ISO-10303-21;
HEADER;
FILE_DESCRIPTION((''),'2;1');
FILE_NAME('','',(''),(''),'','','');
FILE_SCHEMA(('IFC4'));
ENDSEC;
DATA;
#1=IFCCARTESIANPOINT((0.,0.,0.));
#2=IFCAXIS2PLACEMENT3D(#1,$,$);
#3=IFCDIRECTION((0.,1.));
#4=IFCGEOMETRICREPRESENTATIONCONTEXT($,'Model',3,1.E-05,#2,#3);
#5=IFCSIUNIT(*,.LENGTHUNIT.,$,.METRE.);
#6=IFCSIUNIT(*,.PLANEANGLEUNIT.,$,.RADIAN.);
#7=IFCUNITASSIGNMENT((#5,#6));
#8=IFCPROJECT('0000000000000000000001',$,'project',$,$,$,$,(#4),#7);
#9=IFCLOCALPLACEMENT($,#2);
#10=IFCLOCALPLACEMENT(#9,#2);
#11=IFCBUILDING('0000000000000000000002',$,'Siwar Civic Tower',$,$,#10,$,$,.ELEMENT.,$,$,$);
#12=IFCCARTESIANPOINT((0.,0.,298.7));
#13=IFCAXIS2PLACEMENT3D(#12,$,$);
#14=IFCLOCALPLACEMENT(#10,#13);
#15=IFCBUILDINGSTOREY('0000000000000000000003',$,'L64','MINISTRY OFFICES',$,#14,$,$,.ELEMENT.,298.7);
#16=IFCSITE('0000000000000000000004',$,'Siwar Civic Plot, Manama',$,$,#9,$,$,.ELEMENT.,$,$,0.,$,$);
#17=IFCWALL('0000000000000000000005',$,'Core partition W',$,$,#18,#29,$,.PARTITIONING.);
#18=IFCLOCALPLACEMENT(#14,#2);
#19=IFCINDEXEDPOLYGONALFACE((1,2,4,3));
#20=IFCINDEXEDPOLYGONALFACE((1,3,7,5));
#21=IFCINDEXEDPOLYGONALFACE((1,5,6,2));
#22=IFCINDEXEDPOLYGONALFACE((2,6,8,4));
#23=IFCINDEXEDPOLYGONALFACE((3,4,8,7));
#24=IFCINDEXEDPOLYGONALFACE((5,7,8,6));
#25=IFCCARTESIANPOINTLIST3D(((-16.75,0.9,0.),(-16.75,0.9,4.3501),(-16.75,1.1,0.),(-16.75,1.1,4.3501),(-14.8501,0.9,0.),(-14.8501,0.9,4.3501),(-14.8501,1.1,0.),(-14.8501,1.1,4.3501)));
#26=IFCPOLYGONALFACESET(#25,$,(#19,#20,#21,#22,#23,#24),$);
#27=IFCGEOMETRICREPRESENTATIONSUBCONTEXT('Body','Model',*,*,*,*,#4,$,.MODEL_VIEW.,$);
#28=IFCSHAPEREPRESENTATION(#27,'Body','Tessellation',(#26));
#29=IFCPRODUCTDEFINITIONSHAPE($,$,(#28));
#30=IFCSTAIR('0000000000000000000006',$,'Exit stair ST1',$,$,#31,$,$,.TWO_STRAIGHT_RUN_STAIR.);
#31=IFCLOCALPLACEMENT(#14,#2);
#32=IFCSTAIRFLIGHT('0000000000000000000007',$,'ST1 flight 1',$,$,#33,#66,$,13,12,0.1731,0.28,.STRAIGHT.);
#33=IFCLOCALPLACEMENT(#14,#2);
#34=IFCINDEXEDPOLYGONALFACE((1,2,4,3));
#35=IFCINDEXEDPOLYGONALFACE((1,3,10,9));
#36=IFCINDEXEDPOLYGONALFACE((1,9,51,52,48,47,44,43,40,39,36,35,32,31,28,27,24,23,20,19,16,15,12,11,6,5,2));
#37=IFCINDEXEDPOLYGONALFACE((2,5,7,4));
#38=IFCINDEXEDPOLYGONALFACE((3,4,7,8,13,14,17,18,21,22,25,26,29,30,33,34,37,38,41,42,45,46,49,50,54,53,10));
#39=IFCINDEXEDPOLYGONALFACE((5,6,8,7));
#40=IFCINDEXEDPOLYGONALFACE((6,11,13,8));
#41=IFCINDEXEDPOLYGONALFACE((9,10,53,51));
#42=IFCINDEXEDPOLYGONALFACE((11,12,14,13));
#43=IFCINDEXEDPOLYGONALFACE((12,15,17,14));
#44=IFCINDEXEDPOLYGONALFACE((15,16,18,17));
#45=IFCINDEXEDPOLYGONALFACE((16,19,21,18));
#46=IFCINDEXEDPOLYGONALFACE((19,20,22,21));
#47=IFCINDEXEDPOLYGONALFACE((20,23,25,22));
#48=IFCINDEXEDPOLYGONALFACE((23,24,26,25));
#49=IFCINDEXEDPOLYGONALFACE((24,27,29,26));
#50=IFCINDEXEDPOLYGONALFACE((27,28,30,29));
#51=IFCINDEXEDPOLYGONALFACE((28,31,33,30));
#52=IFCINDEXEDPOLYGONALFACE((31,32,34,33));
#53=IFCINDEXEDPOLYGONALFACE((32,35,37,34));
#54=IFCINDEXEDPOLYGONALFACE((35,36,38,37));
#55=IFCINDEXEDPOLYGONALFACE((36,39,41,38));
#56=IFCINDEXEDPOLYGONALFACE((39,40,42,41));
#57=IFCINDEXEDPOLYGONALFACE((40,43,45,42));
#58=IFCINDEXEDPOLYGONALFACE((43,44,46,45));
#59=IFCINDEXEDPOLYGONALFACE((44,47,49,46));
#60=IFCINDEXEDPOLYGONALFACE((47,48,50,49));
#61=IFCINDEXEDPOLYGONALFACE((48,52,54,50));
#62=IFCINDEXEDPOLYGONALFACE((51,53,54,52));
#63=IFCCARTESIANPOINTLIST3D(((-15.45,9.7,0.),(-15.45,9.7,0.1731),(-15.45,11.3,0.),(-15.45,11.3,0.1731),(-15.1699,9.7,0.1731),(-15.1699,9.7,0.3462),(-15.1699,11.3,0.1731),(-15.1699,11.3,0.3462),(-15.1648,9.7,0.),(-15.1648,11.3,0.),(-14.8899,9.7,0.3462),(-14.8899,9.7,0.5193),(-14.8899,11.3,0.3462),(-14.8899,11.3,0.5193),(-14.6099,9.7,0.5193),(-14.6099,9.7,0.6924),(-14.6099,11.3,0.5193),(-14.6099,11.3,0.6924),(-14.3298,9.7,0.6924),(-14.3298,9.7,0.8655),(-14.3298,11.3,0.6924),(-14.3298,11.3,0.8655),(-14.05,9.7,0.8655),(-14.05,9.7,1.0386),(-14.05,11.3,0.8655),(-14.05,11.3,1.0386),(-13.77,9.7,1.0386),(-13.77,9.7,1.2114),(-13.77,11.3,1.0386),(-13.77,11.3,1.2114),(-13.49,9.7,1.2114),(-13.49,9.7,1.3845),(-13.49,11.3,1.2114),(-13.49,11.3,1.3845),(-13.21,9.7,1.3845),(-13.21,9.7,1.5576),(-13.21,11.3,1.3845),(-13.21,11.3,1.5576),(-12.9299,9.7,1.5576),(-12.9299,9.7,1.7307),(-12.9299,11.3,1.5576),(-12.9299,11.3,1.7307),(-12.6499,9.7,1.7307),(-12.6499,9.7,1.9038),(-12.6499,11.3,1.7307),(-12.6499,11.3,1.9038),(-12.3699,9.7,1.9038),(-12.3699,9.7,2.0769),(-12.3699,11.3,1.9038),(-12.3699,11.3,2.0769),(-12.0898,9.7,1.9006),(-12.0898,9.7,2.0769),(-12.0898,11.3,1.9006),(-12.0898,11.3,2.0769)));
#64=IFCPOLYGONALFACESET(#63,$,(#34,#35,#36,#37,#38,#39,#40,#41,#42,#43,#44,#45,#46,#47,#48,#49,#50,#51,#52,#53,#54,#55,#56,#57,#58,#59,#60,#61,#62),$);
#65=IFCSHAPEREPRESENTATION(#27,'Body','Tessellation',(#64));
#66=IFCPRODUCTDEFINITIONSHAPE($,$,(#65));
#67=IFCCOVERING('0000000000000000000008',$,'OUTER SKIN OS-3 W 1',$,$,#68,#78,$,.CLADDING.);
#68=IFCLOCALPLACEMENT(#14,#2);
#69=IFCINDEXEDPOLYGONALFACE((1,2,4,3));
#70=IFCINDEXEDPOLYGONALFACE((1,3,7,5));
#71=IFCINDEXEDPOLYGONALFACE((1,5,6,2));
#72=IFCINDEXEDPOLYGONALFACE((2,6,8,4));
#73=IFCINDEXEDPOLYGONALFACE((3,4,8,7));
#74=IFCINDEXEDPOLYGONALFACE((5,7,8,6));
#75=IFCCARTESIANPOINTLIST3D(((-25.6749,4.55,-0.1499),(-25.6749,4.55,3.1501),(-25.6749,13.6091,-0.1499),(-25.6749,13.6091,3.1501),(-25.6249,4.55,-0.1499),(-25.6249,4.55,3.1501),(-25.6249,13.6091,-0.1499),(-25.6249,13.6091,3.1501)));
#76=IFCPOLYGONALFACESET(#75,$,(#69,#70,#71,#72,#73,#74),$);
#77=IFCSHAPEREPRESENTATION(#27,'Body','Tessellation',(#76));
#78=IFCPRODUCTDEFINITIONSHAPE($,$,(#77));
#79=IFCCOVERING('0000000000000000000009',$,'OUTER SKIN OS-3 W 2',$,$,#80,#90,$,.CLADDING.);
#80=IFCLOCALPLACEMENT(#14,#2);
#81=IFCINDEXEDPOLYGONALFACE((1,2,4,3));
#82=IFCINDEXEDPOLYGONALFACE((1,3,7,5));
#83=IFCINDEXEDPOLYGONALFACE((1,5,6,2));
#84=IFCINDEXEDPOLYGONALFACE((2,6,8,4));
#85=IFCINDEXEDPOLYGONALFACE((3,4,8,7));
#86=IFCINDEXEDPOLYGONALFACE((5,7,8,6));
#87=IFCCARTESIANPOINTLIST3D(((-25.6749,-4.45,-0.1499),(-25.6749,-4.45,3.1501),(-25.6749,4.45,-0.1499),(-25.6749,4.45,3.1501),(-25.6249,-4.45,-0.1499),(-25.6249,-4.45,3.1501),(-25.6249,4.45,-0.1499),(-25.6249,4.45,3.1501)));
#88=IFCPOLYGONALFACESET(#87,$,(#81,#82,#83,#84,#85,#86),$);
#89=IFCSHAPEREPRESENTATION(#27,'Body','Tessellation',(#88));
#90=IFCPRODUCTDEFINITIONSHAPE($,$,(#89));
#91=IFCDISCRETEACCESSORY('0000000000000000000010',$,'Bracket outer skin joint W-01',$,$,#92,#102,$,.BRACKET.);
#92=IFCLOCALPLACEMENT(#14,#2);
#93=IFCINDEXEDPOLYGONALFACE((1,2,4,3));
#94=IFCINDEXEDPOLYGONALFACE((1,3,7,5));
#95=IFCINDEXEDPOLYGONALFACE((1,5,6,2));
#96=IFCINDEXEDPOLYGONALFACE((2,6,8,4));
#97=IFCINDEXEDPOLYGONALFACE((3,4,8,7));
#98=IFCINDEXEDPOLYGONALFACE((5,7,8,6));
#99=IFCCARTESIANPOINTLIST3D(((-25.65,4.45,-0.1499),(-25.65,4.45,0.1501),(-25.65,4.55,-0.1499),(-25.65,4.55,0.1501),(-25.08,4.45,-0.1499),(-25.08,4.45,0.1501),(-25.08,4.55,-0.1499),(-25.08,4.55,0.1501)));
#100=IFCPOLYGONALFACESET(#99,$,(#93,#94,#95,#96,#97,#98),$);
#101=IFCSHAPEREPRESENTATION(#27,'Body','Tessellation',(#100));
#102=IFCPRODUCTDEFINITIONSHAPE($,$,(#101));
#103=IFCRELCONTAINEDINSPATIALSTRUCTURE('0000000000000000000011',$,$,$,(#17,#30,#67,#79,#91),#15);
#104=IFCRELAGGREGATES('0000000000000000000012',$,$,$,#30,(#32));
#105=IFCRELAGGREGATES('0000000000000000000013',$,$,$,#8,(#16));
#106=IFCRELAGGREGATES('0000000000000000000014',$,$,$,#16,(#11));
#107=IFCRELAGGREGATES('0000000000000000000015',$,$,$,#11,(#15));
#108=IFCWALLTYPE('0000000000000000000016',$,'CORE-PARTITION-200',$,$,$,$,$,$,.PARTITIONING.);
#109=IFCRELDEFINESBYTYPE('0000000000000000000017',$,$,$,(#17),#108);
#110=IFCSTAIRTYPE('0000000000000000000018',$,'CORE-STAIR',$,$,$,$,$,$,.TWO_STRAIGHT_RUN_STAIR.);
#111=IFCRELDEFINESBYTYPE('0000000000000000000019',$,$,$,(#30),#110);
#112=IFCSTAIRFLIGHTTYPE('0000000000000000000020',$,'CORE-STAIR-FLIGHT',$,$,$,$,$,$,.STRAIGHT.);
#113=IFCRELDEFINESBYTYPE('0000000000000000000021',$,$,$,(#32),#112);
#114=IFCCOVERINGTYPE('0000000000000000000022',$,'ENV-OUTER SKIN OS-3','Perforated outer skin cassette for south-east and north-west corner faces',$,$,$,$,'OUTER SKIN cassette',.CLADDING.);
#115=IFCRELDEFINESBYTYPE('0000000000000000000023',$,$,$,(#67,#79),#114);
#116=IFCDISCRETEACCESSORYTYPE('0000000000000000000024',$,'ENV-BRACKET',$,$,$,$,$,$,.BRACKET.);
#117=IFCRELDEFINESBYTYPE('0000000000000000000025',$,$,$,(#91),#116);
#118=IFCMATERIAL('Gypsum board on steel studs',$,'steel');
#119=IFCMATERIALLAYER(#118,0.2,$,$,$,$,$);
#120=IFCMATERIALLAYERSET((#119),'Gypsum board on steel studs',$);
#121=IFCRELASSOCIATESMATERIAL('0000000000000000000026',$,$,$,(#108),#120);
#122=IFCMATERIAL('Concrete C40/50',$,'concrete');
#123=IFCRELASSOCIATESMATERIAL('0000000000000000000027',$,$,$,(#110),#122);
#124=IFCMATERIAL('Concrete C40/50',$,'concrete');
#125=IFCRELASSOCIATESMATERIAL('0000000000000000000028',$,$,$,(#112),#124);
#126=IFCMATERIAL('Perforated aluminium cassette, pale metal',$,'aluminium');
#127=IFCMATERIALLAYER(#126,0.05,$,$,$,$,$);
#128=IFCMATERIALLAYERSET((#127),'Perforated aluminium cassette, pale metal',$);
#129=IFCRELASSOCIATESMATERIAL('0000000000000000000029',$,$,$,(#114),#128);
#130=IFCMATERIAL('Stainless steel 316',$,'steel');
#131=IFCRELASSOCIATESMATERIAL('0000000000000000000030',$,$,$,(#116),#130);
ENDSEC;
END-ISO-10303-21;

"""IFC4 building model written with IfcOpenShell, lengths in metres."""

from ifc_helpers import new_model, si_unit, direction, frame, frame_2d, origin, origin_2d, place, context, subcontext, project, spatial, polyline, rectangle, outline, extrude, material, layer, layer_set, type_object, element, aggregate, save


model = new_model("IFC4")

# Units and contexts
model_context = context("Model", 3, precision=1e-05, world=origin(), true_north=direction((0.0, 1.0)))
body_context = subcontext(model_context, "Body", "Model", "MODEL_VIEW")
ifc_project = project(units=[si_unit("LENGTHUNIT", "METRE"), si_unit("PLANEANGLEUNIT", "RADIAN")], contexts=[model_context])

# Site, building, storey
site_placement = place(None, origin())
site = spatial("IfcSite", under=ifc_project, at=site_placement, Name="Siwar Civic Plot, Manama", CompositionType="ELEMENT", RefElevation=0.0)
building_placement = place(site_placement, origin())
building = spatial("IfcBuilding", under=site, at=building_placement, Name="Siwar Civic Tower", CompositionType="ELEMENT")
storey_placement = place(building_placement, frame((0.0, 0.0, 298.7)))
storey = spatial("IfcBuildingStorey", under=building, at=storey_placement, Name="L64", Description="MINISTRY OFFICES", CompositionType="ELEMENT", Elevation=298.7)

# Wall
ifc_material_1 = material(Name="Gypsum board on steel studs", Category="steel")
ifc_layer_1 = layer(ifc_material_1, 0.2)
ifc_layer_set_1 = layer_set([ifc_layer_1], Name="Gypsum board on steel studs")
wall_type = type_object("IfcWallType", Name="CORE-PARTITION-200", PredefinedType="PARTITIONING", material=ifc_layer_set_1)
for number, where, z_axis, x_axis, name in (
    (1, (-14.8501, 1.0, 0.0), (0.0, 0.0, 1.0), (-1.0, 0.0, 0.0), "Core partition W"),
):
    element("IfcWall", number, at=place(storey_placement, frame(where, z_axis=z_axis, x_axis=x_axis)), inside=storey, type_object=wall_type, Name=name, PredefinedType="PARTITIONING", context=body_context, shape_type="SweptSolid", body=[
        extrude(rectangle(XDim=1.8999, YDim=0.2, at=frame_2d((0.95, 0.0))), origin(), (0.0, 0.0, 1.0), 4.3501),
    ])

# Stair, stair flight
ifc_material_2 = material(Name="Concrete C40/50", Category="concrete")
stair_type = type_object("IfcStairType", Name="CORE-STAIR", PredefinedType="TWO_STRAIGHT_RUN_STAIR", material=ifc_material_2)
stair_placement = place(storey_placement, origin())
stair = element("IfcStair", 2, at=stair_placement, inside=storey, type_object=stair_type, Name="Exit stair ST1", PredefinedType="TWO_STRAIGHT_RUN_STAIR")
ifc_material_3 = material(Name="Concrete C40/50", Category="concrete")
stair_flight_type = type_object("IfcStairFlightType", Name="CORE-STAIR-FLIGHT", PredefinedType="STRAIGHT", material=ifc_material_3)
stair_flight_placement = place(storey_placement, frame((-15.45, 10.5, 0.0), z_axis=(0.0, 0.0, 1.0), x_axis=(1.0, 0.0, 0.0)))
stair_flight = element("IfcStairFlight", 3, at=stair_flight_placement, type_object=stair_flight_type, Name="ST1 flight 1", NumberOfRisers=13, NumberOfTreads=12, PredefinedType="STRAIGHT", RiserHeight=0.1731, TreadLength=0.28, context=body_context, shape_type="SweptSolid", body=[
    extrude(outline(polyline([(0.0, 0.0), (0.0, 0.1731), (0.28, 0.1731), (0.28, 0.3462), (0.5601, 0.3462), (0.5601, 0.5193), (0.8401, 0.5193), (0.8401, 0.6924), (1.1201, 0.6924), (1.1201, 0.8655), (1.3999, 0.8655), (1.3999, 1.0386), (1.6799, 1.0386), (1.6799, 1.2114), (1.96, 1.2114), (1.96, 1.3845), (2.24, 1.3845), (2.24, 1.5576), (2.52, 1.5576), (2.52, 1.7307), (2.8, 1.7307), (2.8, 1.9038), (3.0801, 1.9038), (3.0801, 2.0769), (3.3601, 2.0769), (3.3601, 2.25), (3.3601, 1.9006), (0.2852, 0.0), (0.0, 0.0)])), frame((0.0, 0.8, 0.0), z_axis=(0.0, -1.0, 0.0), x_axis=(1.0, 0.0, 0.0)), (0.0, 0.0, 1.0), 1.6001),
])
aggregate(stair, [stair_flight])

# Coverings
ifc_material_4 = material(Name="Perforated aluminium cassette, pale metal", Category="aluminium")
ifc_layer_2 = layer(ifc_material_4, 0.05)
ifc_layer_set_2 = layer_set([ifc_layer_2], Name="Perforated aluminium cassette, pale metal")
covering_type = type_object("IfcCoveringType", Name="ENV-OUTER SKIN OS-3", Description="Perforated outer skin cassette for south-east and north-west corner faces", ElementType="OUTER SKIN cassette", PredefinedType="CLADDING", material=ifc_layer_set_2)
covering_1_placement = place(storey_placement, frame((-25.6499, 9.0796, -0.1499), z_axis=(0.0, 0.0, 1.0), x_axis=(0.0, -1.0, 0.0)))
element("IfcCovering", 4, at=covering_1_placement, inside=storey, type_object=covering_type, Name="OUTER SKIN OS-3 W 1", PredefinedType="CLADDING", context=body_context, shape_type="SweptSolid", body=[
    extrude(rectangle(XDim=9.0591, YDim=0.05, at=origin_2d()), origin(), (0.0, 0.0, 1.0), 3.3),
])
covering_2_placement = place(storey_placement, frame((-25.6499, 0.0, -0.1499), z_axis=(0.0, 0.0, 1.0), x_axis=(0.0, -1.0, 0.0)))
element("IfcCovering", 5, at=covering_2_placement, inside=storey, type_object=covering_type, Name="OUTER SKIN OS-3 W 2", PredefinedType="CLADDING", context=body_context, shape_type="SweptSolid", body=[
    extrude(rectangle(XDim=8.8999, YDim=0.05, at=origin_2d()), origin(), (0.0, 0.0, 1.0), 3.3),
])

# Discrete accessory
ifc_material_5 = material(Name="Stainless steel 316", Category="steel")
discrete_accessory_type = type_object("IfcDiscreteAccessoryType", Name="ENV-BRACKET", PredefinedType="BRACKET", material=ifc_material_5)
discrete_accessory_placement = place(storey_placement, frame((-25.365, 4.5, -0.1499), z_axis=(0.0, 0.0, 1.0), x_axis=(-1.0, 0.0, 0.0)))
element("IfcDiscreteAccessory", 6, at=discrete_accessory_placement, inside=storey, type_object=discrete_accessory_type, Name="Bracket outer skin joint W-01", PredefinedType="BRACKET", context=body_context, shape_type="SweptSolid", body=[
    extrude(rectangle(XDim=0.5701, YDim=0.1001, at=origin_2d()), origin(), (0.0, 0.0, 1.0), 0.3),
])

save(model, "model.ifc")
